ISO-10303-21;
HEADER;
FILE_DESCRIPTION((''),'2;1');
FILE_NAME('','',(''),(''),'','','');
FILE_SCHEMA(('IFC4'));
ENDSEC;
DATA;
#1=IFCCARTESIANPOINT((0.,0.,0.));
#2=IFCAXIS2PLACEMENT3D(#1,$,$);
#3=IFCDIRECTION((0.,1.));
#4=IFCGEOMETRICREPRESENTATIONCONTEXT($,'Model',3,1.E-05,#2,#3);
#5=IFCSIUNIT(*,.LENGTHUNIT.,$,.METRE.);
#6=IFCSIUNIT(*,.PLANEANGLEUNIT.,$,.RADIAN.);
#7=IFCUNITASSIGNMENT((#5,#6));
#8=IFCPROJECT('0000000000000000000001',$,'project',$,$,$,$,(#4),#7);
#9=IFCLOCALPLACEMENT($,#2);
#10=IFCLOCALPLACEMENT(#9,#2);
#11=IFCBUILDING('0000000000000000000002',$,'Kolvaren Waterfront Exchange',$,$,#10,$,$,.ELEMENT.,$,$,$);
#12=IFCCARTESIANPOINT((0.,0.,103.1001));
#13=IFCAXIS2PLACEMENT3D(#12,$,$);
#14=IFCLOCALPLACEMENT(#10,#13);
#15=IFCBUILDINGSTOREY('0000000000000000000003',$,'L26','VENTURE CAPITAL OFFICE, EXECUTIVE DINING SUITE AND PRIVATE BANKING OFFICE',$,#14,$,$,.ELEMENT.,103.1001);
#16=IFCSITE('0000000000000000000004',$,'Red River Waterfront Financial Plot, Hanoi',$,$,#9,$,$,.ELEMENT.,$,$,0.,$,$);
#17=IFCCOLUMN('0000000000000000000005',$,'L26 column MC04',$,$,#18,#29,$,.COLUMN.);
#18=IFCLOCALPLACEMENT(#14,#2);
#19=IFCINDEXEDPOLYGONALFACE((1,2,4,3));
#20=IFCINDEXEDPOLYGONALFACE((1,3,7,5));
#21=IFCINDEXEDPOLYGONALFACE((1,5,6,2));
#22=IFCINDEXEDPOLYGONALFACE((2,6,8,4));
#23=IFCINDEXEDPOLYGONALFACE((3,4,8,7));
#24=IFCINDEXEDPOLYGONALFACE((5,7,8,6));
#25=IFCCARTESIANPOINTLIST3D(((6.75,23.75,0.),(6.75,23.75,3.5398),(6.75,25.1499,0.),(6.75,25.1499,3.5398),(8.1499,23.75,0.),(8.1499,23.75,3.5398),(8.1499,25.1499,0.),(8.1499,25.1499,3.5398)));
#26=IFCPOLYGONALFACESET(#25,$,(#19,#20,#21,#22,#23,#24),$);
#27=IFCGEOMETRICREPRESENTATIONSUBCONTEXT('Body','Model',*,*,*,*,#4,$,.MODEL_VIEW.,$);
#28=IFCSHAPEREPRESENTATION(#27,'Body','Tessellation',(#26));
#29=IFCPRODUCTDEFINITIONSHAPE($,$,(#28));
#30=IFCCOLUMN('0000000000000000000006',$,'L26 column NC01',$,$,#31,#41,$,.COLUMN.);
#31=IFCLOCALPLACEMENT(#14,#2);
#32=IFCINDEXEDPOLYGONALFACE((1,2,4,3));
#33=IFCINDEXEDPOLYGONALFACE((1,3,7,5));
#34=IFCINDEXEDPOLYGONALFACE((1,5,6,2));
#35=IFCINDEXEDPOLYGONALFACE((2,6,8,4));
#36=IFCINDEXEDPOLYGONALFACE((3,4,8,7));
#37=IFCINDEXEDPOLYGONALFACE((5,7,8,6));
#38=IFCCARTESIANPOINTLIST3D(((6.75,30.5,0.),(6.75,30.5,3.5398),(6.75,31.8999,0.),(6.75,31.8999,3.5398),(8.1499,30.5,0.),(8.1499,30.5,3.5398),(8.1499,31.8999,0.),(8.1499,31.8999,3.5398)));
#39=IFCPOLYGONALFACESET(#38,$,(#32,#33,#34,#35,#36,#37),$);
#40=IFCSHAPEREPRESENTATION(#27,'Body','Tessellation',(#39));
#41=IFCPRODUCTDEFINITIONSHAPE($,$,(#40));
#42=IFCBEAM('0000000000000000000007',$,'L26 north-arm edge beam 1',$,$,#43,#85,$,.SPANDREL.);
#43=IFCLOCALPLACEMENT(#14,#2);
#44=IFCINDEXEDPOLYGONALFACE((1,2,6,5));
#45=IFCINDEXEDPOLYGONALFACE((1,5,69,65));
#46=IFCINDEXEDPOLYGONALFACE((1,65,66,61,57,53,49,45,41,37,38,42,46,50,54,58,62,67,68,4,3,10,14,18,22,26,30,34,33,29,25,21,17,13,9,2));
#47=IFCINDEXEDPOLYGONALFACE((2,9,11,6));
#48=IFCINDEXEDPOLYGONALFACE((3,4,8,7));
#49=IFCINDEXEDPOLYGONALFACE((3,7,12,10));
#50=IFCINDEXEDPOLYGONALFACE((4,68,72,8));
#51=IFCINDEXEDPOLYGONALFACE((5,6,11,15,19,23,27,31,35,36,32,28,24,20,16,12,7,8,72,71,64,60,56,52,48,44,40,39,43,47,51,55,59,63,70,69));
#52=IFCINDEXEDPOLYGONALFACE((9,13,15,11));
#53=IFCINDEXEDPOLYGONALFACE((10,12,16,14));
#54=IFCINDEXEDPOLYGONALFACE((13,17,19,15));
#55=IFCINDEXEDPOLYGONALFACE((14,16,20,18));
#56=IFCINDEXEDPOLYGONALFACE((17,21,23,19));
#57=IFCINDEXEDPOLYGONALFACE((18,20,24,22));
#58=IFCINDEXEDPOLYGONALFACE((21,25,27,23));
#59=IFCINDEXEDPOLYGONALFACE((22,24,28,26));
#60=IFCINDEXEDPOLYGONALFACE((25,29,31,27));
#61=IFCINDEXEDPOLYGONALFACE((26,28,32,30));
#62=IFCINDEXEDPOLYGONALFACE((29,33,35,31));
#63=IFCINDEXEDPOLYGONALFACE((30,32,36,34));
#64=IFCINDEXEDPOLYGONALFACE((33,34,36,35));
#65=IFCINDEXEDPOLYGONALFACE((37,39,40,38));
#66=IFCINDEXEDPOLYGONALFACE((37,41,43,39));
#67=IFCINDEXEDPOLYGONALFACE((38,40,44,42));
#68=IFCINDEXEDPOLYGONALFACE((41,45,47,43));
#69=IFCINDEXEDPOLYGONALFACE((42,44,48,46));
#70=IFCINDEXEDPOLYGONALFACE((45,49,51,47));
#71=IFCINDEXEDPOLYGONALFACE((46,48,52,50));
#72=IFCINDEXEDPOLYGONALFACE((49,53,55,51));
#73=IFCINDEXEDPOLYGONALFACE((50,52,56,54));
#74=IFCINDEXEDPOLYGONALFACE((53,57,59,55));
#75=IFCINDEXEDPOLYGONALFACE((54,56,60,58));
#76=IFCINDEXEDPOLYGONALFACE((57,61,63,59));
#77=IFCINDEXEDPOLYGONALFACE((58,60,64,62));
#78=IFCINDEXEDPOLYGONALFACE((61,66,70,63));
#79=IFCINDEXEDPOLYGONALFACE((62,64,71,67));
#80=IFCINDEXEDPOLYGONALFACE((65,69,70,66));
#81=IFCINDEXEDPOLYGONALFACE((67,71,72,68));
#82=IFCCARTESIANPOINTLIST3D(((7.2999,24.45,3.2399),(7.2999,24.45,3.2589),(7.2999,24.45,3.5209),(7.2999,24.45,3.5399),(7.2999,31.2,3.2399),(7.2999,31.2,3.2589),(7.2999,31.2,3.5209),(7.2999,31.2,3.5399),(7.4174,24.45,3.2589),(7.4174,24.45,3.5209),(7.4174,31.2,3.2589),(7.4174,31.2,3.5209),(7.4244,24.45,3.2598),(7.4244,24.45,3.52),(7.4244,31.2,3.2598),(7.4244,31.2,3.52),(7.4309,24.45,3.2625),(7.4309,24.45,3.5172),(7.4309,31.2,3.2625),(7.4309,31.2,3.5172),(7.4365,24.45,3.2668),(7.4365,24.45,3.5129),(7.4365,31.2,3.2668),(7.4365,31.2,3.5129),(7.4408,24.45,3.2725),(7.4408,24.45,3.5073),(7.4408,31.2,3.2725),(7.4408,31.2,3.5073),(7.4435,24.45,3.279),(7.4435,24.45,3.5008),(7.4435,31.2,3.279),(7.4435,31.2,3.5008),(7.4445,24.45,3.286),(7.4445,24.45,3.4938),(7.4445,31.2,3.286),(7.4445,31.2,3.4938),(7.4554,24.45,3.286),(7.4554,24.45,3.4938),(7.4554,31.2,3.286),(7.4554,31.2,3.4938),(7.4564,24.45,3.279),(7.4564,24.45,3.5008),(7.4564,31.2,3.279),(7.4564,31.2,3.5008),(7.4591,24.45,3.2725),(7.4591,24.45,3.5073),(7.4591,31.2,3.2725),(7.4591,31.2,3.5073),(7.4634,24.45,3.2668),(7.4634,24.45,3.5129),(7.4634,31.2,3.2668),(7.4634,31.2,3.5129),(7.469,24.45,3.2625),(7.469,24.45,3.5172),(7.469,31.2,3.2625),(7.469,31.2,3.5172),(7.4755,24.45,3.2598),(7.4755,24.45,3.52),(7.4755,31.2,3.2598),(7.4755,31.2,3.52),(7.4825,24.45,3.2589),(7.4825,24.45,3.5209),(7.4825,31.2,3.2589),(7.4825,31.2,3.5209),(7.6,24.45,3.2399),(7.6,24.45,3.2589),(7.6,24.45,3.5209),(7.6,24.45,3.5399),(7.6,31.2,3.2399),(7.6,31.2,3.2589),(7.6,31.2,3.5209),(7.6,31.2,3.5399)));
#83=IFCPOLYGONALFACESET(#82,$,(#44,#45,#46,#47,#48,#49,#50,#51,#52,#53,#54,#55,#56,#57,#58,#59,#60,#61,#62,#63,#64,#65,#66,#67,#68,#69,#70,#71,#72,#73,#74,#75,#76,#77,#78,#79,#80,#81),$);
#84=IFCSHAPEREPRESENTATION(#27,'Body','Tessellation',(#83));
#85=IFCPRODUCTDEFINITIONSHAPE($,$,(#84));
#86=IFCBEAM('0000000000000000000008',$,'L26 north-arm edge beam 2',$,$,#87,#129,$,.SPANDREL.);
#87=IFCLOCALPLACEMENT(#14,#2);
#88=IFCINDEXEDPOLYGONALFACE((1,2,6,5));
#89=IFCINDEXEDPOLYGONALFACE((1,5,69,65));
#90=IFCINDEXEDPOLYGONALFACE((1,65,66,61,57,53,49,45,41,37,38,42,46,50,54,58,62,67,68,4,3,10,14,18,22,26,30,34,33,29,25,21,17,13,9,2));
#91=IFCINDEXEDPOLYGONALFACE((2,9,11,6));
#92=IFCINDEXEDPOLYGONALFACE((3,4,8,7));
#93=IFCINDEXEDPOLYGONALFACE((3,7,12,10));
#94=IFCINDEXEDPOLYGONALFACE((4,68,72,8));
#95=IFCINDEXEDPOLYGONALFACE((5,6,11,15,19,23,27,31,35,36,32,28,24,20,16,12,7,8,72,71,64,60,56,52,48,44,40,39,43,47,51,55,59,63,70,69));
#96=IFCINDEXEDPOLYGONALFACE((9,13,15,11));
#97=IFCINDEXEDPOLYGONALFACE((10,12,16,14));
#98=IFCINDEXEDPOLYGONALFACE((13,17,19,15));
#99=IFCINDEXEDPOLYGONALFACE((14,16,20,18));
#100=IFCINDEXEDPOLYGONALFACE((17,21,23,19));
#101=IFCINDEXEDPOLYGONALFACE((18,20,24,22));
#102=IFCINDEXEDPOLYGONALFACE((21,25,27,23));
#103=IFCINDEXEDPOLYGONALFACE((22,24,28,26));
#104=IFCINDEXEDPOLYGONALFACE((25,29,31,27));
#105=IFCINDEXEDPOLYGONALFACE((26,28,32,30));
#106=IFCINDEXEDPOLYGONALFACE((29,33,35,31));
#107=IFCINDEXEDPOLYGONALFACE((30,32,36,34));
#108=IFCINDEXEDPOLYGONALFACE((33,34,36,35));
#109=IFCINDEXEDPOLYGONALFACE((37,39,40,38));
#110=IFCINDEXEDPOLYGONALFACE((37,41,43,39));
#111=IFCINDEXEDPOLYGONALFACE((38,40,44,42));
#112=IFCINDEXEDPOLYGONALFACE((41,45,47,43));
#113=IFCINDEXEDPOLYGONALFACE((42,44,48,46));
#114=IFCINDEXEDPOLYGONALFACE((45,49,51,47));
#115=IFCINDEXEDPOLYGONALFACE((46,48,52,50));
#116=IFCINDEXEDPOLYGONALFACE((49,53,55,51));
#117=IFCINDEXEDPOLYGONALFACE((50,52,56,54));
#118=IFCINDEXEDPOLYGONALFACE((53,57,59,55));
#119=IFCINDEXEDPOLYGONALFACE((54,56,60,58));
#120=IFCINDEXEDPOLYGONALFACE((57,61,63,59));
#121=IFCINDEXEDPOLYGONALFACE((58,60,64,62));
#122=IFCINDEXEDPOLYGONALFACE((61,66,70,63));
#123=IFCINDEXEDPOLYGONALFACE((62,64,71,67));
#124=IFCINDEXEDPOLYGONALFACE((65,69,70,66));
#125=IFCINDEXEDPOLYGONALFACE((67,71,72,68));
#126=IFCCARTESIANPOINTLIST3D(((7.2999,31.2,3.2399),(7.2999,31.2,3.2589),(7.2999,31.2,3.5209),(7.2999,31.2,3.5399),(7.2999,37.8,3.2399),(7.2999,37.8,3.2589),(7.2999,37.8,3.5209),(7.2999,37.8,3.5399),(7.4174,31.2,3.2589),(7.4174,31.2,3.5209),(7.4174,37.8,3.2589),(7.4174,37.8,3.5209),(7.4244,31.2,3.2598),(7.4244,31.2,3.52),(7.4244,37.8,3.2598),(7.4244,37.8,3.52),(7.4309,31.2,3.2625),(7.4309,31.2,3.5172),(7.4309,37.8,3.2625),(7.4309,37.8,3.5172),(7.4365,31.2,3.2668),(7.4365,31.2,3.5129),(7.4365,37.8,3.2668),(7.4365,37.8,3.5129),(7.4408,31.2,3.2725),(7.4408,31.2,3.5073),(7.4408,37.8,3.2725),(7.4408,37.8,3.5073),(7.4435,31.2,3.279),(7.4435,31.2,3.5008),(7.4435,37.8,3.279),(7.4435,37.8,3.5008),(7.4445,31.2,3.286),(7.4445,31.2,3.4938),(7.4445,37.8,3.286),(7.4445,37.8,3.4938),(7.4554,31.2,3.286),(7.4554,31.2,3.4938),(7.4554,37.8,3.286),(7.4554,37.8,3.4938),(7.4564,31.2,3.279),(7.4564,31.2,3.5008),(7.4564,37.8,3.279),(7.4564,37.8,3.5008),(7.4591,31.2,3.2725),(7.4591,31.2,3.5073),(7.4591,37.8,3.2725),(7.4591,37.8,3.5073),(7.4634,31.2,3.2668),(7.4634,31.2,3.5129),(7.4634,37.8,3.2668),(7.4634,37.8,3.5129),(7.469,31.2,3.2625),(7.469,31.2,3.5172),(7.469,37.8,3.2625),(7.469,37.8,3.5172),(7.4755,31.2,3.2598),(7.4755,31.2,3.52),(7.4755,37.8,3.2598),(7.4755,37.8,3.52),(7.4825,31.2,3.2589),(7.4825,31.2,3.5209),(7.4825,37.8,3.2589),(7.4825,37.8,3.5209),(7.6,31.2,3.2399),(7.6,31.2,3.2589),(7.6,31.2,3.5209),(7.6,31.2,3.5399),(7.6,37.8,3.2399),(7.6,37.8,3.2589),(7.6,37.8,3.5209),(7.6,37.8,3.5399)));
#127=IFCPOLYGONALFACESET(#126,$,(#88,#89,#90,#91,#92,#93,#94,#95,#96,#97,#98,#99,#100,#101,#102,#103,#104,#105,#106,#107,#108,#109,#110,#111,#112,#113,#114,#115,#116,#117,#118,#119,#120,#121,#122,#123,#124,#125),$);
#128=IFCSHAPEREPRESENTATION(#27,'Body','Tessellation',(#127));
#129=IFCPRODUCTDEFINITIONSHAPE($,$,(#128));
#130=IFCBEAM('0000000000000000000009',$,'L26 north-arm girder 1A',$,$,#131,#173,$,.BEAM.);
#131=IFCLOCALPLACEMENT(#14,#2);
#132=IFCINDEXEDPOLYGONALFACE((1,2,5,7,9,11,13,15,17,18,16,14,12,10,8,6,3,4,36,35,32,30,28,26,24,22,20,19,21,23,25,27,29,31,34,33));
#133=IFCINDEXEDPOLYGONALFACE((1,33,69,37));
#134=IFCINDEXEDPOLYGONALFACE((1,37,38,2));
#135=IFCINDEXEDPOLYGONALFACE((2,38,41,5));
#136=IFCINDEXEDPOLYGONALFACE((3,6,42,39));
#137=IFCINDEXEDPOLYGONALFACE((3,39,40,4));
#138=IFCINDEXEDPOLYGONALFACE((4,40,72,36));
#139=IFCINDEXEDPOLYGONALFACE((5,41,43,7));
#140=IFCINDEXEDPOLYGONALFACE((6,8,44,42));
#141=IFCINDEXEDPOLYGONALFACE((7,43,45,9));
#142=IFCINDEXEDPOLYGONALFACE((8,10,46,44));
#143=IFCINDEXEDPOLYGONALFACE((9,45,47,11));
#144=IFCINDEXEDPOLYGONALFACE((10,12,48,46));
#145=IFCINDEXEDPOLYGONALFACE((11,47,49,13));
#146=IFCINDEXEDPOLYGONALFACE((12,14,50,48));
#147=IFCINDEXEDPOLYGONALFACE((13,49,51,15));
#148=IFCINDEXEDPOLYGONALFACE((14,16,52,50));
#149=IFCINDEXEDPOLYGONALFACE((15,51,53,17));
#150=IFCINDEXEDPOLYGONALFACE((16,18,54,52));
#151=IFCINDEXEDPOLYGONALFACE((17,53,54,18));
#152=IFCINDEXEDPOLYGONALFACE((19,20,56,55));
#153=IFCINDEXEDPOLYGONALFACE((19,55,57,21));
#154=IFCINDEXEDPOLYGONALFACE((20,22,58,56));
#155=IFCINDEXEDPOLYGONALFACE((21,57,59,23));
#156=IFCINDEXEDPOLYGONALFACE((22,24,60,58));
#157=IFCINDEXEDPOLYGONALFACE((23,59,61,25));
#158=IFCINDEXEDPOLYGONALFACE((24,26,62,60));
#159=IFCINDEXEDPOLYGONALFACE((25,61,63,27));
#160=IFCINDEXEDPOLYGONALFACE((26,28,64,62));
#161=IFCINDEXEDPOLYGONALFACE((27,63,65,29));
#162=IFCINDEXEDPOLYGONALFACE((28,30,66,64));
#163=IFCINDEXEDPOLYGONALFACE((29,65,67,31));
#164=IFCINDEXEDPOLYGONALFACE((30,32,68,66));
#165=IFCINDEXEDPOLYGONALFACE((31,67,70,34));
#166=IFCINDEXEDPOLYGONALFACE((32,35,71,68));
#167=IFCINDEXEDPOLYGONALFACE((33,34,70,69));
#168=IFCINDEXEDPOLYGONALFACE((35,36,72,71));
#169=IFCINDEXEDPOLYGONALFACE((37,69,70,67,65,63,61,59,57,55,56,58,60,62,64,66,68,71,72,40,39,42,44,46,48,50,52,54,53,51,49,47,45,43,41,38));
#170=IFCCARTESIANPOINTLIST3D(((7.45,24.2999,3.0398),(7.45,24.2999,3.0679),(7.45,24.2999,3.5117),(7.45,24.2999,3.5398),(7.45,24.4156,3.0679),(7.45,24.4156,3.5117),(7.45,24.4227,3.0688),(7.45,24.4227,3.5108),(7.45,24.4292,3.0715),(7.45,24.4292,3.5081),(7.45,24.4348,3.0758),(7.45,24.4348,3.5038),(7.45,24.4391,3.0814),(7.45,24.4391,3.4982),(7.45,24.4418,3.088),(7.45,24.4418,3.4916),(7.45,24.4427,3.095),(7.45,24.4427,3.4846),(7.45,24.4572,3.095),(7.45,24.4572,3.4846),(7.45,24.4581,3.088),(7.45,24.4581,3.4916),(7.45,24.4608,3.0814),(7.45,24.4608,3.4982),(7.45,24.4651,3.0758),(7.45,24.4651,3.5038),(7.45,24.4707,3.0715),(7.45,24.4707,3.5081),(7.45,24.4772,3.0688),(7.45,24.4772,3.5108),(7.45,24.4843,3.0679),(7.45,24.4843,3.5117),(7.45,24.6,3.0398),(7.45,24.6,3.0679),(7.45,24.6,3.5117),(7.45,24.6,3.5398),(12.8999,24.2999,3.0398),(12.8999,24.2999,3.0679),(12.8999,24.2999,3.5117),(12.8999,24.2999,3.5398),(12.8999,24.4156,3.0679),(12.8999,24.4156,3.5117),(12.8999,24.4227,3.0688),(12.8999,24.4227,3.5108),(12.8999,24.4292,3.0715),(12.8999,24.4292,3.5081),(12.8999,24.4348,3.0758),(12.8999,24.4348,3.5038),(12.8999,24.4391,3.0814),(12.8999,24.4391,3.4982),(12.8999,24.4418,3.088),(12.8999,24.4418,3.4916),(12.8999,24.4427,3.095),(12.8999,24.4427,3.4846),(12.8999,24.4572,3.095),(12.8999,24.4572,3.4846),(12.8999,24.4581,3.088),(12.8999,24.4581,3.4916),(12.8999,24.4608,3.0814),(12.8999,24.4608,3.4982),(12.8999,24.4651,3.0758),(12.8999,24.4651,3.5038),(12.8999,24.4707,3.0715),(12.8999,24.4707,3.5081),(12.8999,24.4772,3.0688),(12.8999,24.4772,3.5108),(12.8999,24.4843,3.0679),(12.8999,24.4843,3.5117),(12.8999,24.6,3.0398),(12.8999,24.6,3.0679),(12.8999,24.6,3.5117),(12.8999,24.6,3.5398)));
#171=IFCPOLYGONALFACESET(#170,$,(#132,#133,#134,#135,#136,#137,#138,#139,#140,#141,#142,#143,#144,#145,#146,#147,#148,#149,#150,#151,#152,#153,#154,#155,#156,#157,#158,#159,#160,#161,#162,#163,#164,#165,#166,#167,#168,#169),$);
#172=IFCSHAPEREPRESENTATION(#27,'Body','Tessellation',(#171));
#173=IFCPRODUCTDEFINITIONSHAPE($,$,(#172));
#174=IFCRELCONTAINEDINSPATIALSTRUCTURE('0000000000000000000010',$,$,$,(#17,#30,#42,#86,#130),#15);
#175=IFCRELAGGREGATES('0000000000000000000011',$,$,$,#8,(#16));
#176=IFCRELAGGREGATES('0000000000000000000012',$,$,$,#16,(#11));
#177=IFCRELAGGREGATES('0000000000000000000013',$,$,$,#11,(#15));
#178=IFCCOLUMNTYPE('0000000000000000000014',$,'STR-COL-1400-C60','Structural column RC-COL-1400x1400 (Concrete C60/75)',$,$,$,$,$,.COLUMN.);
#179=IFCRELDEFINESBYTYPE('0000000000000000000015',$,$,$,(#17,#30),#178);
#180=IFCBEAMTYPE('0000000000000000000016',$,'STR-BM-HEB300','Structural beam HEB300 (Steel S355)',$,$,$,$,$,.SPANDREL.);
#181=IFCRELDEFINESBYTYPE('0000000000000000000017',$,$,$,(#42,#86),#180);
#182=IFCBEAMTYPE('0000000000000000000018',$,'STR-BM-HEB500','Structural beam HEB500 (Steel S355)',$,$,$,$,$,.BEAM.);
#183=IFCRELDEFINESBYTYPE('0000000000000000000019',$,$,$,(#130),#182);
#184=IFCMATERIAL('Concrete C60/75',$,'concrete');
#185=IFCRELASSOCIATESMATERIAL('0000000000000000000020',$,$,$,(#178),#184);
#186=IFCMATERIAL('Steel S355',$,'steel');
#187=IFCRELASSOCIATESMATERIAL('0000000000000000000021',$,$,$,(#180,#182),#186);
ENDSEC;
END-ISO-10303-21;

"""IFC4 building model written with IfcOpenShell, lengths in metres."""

from ifc_helpers import new_model, si_unit, direction, frame, origin, origin_2d, place, context, subcontext, project, spatial, rectangle, i_section, extrude, material, material_profile, profile_set, type_object, element, save


model = new_model("IFC4")

# Units and contexts
model_context = context("Model", 3, precision=1e-05, world=origin(), true_north=direction((0.0, 1.0)))
body_context = subcontext(model_context, "Body", "Model", "MODEL_VIEW")
ifc_project = project(units=[si_unit("LENGTHUNIT", "METRE"), si_unit("PLANEANGLEUNIT", "RADIAN")], contexts=[model_context])

# Site, building, storey
site_placement = place(None, origin())
site = spatial("IfcSite", under=ifc_project, at=site_placement, Name="Red River Waterfront Financial Plot, Hanoi", CompositionType="ELEMENT", RefElevation=0.0)
building_placement = place(site_placement, origin())
building = spatial("IfcBuilding", under=site, at=building_placement, Name="Kolvaren Waterfront Exchange", CompositionType="ELEMENT")
storey_placement = place(building_placement, frame((0.0, 0.0, 103.1001)))
storey = spatial("IfcBuildingStorey", under=building, at=storey_placement, Name="L26", Description="VENTURE CAPITAL OFFICE, EXECUTIVE DINING SUITE AND PRIVATE BANKING OFFICE", CompositionType="ELEMENT", Elevation=103.1001)

# Columns
ifc_material_1 = material(Name="Concrete C60/75", Category="concrete")
ifc_material_profile_1 = material_profile(ifc_material_1, rectangle(XDim=1.3999, YDim=1.3999, at=origin_2d()), Name="RC-COL-1400x1400")
ifc_profile_set_1 = profile_set([ifc_material_profile_1], Name="Concrete C60/75")
column_type = type_object("IfcColumnType", Name="STR-COL-1400-C60", Description="Structural column RC-COL-1400x1400 (Concrete C60/75)", PredefinedType="COLUMN", material=ifc_profile_set_1)
for number, where, z_axis, x_axis, name in (
    (1, (7.45, 24.45, 0.0), (0.0, 0.0, 1.0), (1.0, 0.0, 0.0), "L26 column MC04"),
    (2, (7.45, 31.2, 0.0), (0.0, 0.0, 1.0), (1.0, 0.0, 0.0), "L26 column NC01"),
):
    element("IfcColumn", number, at=place(storey_placement, frame(where, z_axis=z_axis, x_axis=x_axis)), inside=storey, type_object=column_type, Name=name, PredefinedType="COLUMN", context=body_context, shape_type="SweptSolid", body=[
        extrude(rectangle(XDim=1.3999, YDim=1.3999, at=origin_2d()), origin(), (0.0, 0.0, 1.0), 3.5398),
    ])

# Beams
ifc_material_2 = material(Name="Steel S355", Category="steel")
ifc_material_profile_2 = material_profile(ifc_material_2, i_section(OverallWidth=0.3, OverallDepth=0.3, WebThickness=0.011, FlangeThickness=0.019, FilletRadius=0.0271, at=origin_2d()), Name="HEB300")
ifc_profile_set_2 = profile_set([ifc_material_profile_2], Name="Steel S355")
beam_type_1 = type_object("IfcBeamType", Name="STR-BM-HEB300", Description="Structural beam HEB300 (Steel S355)", PredefinedType="SPANDREL", material=ifc_profile_set_2)
beam_1_placement = place(storey_placement, frame((7.45, 24.45, 3.3899), z_axis=(0.0, 1.0, 0.0), x_axis=(-1.0, 0.0, 0.0)))
element("IfcBeam", 3, at=beam_1_placement, inside=storey, type_object=beam_type_1, Name="L26 north-arm edge beam 1", PredefinedType="SPANDREL", context=body_context, shape_type="SweptSolid", body=[
    extrude(i_section(OverallWidth=0.3, OverallDepth=0.3, WebThickness=0.011, FlangeThickness=0.019, FilletRadius=0.0271, at=origin_2d()), origin(), (0.0, 0.0, 1.0), 6.75),
])
beam_2_placement = place(storey_placement, frame((7.45, 31.2, 3.3899), z_axis=(0.0, 1.0, 0.0), x_axis=(-1.0, 0.0, 0.0)))
element("IfcBeam", 4, at=beam_2_placement, inside=storey, type_object=beam_type_1, Name="L26 north-arm edge beam 2", PredefinedType="SPANDREL", context=body_context, shape_type="SweptSolid", body=[
    extrude(i_section(OverallWidth=0.3, OverallDepth=0.3, WebThickness=0.011, FlangeThickness=0.019, FilletRadius=0.0271, at=origin_2d()), origin(), (0.0, 0.0, 1.0), 6.6001),
])
ifc_material_profile_3 = material_profile(ifc_material_2, i_section(OverallWidth=0.3, OverallDepth=0.5, WebThickness=0.0144, FlangeThickness=0.0281, FilletRadius=0.0271, at=origin_2d()), Name="HEB500")
ifc_profile_set_3 = profile_set([ifc_material_profile_3], Name="Steel S355")
beam_type_2 = type_object("IfcBeamType", Name="STR-BM-HEB500", Description="Structural beam HEB500 (Steel S355)", PredefinedType="BEAM", material=ifc_profile_set_3)
for number, where, z_axis, x_axis, name in (
    (5, (7.45, 24.45, 3.2898), (1.0, 0.0, 0.0), (0.0, 1.0, 0.0), "L26 north-arm girder 1A"),
):
    element("IfcBeam", number, at=place(storey_placement, frame(where, z_axis=z_axis, x_axis=x_axis)), inside=storey, type_object=beam_type_2, Name=name, PredefinedType="BEAM", context=body_context, shape_type="SweptSolid", body=[
        extrude(i_section(OverallWidth=0.3, OverallDepth=0.5, WebThickness=0.0144, FlangeThickness=0.0281, FilletRadius=0.0271, at=origin_2d()), origin(), (0.0, 0.0, 1.0), 5.45),
    ])

save(model, "model.ifc")
